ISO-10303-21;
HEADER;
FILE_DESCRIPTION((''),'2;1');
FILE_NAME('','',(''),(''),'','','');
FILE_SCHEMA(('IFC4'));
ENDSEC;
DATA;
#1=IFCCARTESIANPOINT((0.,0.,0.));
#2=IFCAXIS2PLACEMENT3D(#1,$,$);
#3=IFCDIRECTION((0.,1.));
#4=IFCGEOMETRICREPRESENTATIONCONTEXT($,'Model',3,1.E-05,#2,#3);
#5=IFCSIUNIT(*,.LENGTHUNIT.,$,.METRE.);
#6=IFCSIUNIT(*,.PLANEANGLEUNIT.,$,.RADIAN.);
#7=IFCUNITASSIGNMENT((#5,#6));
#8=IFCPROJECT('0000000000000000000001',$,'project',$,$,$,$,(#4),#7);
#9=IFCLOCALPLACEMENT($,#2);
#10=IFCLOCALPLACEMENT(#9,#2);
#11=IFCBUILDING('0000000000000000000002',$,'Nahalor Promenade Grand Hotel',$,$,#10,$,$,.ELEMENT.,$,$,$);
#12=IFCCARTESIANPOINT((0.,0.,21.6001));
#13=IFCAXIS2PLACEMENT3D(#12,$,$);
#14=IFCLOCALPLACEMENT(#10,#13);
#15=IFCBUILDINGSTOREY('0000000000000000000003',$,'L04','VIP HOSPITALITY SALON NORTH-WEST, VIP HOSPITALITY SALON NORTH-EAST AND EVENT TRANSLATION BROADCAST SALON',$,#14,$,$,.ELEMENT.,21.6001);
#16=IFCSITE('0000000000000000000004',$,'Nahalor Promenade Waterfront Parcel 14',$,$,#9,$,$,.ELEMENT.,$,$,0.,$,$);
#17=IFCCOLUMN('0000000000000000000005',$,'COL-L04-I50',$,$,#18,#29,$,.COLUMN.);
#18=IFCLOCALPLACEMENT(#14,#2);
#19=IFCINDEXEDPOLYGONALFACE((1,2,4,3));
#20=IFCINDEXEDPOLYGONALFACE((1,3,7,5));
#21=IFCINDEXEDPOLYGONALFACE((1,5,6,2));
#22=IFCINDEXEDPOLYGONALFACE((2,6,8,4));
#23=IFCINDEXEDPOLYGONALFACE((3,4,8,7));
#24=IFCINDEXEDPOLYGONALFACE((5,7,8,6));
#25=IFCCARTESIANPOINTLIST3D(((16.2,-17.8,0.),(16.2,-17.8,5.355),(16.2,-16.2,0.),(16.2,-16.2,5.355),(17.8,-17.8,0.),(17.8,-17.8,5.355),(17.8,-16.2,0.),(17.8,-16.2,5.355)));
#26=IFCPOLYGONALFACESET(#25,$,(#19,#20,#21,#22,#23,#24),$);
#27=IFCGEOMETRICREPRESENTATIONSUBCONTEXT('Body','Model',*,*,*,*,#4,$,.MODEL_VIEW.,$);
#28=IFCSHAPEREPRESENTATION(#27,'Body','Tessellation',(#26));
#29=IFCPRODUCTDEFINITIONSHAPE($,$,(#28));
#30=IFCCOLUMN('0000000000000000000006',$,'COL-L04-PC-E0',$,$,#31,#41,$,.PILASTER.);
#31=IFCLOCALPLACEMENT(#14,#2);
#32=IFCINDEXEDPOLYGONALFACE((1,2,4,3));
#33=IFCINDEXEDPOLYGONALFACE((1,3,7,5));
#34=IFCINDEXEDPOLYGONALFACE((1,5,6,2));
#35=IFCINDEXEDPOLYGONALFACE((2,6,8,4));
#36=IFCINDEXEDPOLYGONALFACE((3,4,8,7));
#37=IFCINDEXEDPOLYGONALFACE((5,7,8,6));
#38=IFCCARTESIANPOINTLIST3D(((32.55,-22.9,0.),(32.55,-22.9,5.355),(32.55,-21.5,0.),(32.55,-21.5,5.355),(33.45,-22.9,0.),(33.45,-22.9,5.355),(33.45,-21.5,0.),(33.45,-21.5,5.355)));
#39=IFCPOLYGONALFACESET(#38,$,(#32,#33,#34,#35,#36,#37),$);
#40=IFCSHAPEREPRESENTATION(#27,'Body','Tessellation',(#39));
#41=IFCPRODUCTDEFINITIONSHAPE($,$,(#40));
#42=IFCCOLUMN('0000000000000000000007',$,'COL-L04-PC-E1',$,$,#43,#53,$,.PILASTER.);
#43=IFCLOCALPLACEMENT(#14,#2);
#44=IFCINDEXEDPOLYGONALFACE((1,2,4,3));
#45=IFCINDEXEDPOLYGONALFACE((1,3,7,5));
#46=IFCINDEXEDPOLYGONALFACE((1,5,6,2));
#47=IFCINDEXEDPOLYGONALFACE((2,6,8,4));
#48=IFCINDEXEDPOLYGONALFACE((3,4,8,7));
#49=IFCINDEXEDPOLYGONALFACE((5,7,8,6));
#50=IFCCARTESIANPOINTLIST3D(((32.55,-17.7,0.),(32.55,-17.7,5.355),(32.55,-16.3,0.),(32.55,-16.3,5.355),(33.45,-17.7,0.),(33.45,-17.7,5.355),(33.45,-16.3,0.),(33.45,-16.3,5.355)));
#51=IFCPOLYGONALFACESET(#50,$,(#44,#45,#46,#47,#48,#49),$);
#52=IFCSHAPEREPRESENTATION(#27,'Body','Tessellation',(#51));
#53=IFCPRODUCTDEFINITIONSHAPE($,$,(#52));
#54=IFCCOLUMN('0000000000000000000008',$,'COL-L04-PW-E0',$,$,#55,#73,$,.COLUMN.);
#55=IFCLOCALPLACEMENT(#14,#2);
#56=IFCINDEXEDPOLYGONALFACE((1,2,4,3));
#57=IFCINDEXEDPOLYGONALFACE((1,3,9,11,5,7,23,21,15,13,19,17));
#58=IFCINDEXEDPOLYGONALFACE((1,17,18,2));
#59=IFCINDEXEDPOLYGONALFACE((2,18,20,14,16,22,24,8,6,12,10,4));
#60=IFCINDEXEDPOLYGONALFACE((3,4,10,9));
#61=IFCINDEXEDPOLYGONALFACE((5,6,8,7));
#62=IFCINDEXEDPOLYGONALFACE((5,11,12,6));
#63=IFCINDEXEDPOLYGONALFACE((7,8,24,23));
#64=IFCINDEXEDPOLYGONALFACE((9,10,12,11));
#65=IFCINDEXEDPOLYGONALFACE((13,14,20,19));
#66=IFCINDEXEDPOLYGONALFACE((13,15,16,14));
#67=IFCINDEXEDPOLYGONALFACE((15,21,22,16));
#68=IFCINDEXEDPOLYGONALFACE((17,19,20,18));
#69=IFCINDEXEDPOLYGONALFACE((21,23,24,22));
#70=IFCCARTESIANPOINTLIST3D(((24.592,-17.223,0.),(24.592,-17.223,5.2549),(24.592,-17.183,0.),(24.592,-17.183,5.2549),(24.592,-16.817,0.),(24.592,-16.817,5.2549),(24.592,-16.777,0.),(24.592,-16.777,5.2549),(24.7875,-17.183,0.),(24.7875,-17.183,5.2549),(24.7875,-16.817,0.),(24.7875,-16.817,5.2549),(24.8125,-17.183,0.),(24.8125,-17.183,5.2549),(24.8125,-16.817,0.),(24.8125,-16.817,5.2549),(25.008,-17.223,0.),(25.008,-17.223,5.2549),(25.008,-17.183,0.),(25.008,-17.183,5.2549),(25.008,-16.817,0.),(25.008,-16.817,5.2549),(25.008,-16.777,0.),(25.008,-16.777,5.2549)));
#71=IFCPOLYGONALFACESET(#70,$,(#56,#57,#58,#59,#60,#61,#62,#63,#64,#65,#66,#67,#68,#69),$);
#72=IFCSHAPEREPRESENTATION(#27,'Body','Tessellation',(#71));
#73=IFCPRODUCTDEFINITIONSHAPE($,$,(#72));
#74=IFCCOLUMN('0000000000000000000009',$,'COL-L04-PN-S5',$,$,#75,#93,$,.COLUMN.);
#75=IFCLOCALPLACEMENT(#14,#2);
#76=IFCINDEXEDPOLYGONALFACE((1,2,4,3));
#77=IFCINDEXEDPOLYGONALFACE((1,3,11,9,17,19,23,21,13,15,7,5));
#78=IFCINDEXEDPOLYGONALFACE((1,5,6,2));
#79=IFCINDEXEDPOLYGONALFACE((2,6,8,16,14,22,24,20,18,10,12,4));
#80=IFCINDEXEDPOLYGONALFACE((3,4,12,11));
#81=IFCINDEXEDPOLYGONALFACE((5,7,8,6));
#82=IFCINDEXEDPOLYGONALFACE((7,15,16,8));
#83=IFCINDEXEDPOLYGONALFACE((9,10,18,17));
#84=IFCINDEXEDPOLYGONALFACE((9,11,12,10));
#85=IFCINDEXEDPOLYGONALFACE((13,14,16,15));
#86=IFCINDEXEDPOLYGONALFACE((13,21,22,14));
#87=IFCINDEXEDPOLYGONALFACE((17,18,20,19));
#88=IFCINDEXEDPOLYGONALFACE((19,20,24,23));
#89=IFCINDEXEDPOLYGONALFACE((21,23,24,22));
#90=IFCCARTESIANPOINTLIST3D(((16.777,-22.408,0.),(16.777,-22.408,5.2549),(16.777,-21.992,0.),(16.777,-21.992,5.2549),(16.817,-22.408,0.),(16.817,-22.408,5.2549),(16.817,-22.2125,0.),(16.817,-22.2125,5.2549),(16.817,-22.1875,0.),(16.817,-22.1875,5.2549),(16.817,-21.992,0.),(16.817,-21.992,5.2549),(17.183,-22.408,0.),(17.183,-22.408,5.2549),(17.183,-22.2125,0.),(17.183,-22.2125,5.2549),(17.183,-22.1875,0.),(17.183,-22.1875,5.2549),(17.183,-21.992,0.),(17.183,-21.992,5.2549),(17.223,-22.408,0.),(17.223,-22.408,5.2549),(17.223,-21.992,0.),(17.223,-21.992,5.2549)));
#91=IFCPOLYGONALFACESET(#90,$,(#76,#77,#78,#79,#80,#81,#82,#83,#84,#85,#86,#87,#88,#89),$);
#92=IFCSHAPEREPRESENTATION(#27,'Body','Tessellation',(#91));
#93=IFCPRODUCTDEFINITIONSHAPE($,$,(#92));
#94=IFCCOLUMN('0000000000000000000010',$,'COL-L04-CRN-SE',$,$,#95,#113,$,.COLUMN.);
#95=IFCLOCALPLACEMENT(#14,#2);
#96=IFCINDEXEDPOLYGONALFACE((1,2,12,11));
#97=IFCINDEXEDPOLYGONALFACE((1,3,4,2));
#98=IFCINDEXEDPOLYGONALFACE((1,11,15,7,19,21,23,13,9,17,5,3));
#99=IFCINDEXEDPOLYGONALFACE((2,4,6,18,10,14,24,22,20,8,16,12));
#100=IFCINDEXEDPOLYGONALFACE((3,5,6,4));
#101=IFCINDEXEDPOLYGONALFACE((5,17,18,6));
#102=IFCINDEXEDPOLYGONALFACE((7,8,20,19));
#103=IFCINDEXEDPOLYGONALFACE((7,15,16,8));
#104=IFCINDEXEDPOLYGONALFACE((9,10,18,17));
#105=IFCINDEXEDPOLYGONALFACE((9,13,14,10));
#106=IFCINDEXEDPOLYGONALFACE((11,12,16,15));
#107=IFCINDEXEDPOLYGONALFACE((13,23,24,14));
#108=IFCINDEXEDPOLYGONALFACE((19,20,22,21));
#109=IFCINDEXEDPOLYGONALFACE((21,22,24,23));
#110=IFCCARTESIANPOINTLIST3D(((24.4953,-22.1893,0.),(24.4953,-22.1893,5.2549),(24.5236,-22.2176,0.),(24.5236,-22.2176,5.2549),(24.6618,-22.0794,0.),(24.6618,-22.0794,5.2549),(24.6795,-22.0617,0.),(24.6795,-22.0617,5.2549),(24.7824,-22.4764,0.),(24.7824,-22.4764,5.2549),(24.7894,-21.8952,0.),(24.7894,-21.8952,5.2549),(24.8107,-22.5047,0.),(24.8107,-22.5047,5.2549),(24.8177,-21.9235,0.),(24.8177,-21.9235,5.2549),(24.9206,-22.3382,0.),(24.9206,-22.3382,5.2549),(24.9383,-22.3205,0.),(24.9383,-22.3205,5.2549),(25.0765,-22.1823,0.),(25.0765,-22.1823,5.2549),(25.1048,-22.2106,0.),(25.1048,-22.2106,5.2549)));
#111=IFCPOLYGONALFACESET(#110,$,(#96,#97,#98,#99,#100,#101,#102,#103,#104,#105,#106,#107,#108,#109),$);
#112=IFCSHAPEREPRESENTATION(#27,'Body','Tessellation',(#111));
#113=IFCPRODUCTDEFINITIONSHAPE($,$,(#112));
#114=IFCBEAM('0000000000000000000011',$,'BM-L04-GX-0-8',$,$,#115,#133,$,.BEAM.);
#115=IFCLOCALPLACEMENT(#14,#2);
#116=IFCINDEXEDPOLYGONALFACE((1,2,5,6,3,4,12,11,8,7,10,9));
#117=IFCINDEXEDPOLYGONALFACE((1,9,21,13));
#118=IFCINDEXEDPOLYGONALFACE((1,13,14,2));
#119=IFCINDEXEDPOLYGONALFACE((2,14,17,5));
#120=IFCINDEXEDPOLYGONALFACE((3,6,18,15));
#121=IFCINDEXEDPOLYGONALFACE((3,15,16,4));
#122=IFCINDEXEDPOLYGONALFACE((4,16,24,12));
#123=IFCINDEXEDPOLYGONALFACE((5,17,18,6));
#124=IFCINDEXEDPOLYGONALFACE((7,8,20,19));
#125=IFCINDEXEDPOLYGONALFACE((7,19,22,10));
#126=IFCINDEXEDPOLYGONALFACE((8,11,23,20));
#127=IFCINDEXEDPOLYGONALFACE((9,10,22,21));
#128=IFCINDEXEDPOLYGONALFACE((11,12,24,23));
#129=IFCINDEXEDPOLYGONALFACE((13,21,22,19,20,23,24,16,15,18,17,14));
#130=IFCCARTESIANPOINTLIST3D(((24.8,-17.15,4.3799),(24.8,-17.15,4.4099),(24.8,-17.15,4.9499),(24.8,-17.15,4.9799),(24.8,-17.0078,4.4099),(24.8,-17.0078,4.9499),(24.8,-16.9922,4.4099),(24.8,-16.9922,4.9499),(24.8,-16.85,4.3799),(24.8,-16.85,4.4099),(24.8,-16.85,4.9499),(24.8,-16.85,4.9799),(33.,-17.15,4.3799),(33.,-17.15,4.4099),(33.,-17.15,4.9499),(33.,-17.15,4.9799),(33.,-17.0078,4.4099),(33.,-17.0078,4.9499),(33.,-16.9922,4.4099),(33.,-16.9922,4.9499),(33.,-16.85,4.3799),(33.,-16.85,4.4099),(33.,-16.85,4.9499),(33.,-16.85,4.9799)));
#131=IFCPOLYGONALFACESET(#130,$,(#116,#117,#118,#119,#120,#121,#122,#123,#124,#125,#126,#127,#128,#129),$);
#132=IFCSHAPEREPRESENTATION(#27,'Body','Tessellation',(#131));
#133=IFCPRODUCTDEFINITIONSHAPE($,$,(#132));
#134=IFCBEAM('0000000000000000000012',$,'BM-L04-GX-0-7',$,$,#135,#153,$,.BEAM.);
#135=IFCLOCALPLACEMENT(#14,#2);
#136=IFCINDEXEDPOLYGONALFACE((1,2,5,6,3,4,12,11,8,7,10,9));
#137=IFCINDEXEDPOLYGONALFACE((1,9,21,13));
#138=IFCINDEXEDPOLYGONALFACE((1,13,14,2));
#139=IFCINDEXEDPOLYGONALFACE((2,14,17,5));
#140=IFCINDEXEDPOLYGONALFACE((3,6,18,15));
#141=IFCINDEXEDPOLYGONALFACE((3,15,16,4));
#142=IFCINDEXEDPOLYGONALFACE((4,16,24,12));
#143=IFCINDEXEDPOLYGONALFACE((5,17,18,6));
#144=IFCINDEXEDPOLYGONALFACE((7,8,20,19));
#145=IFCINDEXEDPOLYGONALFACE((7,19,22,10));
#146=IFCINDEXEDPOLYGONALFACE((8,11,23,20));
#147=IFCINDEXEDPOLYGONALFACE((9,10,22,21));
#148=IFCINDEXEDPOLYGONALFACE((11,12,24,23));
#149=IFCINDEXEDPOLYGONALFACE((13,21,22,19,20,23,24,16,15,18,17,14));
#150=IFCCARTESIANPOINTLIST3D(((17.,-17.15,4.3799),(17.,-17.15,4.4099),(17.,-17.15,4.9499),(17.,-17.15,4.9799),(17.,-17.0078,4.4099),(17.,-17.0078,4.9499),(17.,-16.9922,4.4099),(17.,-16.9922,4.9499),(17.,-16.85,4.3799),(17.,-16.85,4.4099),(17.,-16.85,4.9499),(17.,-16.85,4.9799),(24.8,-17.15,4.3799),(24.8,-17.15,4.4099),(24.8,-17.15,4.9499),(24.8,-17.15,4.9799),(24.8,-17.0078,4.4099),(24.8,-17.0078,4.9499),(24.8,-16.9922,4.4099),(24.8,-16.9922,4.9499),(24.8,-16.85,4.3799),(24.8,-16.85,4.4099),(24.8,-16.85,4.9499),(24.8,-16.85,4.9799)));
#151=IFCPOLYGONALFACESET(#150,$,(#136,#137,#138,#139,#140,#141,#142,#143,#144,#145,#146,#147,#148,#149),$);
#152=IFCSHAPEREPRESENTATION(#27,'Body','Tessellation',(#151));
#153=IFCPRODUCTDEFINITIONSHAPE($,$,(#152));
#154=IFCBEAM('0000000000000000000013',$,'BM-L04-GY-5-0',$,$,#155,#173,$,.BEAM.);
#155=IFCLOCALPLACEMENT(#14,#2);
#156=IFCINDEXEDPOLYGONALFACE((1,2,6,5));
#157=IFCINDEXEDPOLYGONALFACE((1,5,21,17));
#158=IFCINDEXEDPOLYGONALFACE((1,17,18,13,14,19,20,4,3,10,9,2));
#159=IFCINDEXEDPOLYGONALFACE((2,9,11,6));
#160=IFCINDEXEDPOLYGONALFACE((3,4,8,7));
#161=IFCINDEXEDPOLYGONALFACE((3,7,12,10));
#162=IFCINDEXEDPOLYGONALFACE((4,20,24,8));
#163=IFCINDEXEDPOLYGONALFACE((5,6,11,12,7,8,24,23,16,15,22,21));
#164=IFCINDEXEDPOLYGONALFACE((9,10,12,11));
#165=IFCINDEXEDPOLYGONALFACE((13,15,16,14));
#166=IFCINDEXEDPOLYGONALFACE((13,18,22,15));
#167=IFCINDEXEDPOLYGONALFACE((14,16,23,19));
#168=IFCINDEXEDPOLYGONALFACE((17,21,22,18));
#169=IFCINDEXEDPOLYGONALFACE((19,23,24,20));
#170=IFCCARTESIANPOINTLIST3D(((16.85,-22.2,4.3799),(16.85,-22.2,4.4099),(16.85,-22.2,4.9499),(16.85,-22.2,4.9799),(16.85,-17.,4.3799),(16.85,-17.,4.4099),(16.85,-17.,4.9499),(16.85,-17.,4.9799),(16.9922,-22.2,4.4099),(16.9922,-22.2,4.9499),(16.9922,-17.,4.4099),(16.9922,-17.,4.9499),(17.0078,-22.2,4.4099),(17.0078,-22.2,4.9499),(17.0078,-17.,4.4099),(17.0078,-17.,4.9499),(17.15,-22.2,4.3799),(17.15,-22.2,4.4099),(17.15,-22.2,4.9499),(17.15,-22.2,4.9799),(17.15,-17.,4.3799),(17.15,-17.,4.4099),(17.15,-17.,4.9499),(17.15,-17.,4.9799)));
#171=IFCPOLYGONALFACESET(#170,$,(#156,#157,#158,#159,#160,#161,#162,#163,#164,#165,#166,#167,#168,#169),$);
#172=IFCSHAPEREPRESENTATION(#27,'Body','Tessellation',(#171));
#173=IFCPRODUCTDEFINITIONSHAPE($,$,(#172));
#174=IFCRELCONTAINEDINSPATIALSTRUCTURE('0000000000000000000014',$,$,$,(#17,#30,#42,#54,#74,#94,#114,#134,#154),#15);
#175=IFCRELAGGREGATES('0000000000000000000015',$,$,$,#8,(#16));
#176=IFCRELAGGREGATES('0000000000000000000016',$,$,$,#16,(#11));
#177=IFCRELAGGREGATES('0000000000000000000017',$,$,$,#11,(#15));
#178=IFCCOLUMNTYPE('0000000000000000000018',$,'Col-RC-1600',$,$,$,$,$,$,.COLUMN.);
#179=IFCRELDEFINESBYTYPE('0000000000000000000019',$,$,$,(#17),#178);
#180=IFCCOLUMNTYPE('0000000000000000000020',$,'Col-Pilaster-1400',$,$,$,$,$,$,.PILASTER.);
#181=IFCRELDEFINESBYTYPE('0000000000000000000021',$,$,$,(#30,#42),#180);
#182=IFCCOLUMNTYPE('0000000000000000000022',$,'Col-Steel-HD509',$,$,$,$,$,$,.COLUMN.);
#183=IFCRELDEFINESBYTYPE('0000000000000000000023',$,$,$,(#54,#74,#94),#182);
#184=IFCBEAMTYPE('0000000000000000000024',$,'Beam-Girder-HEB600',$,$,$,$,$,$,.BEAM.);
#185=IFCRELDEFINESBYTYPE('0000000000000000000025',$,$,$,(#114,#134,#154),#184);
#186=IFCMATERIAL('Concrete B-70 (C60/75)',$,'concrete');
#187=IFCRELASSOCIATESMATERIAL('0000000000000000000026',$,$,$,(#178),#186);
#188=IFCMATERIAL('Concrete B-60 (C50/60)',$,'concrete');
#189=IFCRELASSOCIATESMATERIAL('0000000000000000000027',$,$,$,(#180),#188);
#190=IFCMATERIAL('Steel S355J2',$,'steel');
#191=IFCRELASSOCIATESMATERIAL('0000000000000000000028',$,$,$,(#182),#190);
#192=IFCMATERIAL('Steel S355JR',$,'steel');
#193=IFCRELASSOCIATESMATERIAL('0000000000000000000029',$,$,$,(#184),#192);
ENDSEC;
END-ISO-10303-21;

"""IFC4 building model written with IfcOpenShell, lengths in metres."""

from ifc_helpers import new_model, si_unit, direction, frame, origin, origin_2d, place, context, subcontext, project, spatial, rectangle, i_section, extrude, source, transform, mapped, material, material_profile, profile_set, type_object, element, save


model = new_model("IFC4")

# Units and contexts
model_context = context("Model", 3, precision=1e-05, world=origin(), true_north=direction((0.0, 1.0)))
body_context = subcontext(model_context, "Body", "Model", "MODEL_VIEW")
ifc_project = project(units=[si_unit("LENGTHUNIT", "METRE"), si_unit("PLANEANGLEUNIT", "RADIAN")], contexts=[model_context])

# Site, building, storey
site_placement = place(None, origin())
site = spatial("IfcSite", under=ifc_project, at=site_placement, Name="Nahalor Promenade Waterfront Parcel 14", CompositionType="ELEMENT", RefElevation=0.0)
building_placement = place(site_placement, origin())
building = spatial("IfcBuilding", under=site, at=building_placement, Name="Nahalor Promenade Grand Hotel", CompositionType="ELEMENT")
storey_placement = place(building_placement, frame((0.0, 0.0, 21.6001)))
storey = spatial("IfcBuildingStorey", under=building, at=storey_placement, Name="L04", Description="VIP HOSPITALITY SALON NORTH-WEST, VIP HOSPITALITY SALON NORTH-EAST AND EVENT TRANSLATION BROADCAST SALON", CompositionType="ELEMENT", Elevation=21.6001)

# Columns
ifc_material_1 = material(Name="Concrete B-70 (C60/75)", Category="concrete")
ifc_material_profile_1 = material_profile(ifc_material_1, rectangle(XDim=1.6, YDim=1.6, at=origin_2d()), Name="RC 1600x1600")
ifc_profile_set_1 = profile_set([ifc_material_profile_1], Name="Concrete B-70 (C60/75)")
column_type_1 = type_object("IfcColumnType", Name="Col-RC-1600", PredefinedType="COLUMN", material=ifc_profile_set_1)
shared_shape_1 = source(origin(), body_context, "Body", "SweptSolid", [
    extrude(rectangle(XDim=1.6, YDim=1.6, at=origin_2d()), origin(), (0.0, 0.0, 1.0), 5.355),
])
column_placement = place(storey_placement, frame((17.0, -17.0, 0.0), z_axis=(0.0, 0.0, 1.0), x_axis=(1.0, 0.0, 0.0)))
element("IfcColumn", 1, at=column_placement, inside=storey, type_object=column_type_1, Name="COL-L04-I50", PredefinedType="COLUMN", context=body_context, shape_type="MappedRepresentation", body=[
    mapped(shared_shape_1, transform((0.0, 0.0, 0.0), scale=1.0)),
])
ifc_material_2 = material(Name="Concrete B-60 (C50/60)", Category="concrete")
ifc_material_profile_2 = material_profile(ifc_material_2, rectangle(XDim=0.9, YDim=1.4, at=origin_2d()), Name="RC 900x1400")
ifc_profile_set_2 = profile_set([ifc_material_profile_2], Name="Concrete B-60 (C50/60)")
column_type_2 = type_object("IfcColumnType", Name="Col-Pilaster-1400", PredefinedType="PILASTER", material=ifc_profile_set_2)
shared_shape_2 = source(origin(), body_context, "Body", "SweptSolid", [
    extrude(rectangle(XDim=0.9, YDim=1.4, at=origin_2d()), origin(), (0.0, 0.0, 1.0), 5.355),
])
for number, where, z_axis, x_axis, name in (
    (2, (33.0, -22.2, 0.0), (0.0, 0.0, 1.0), (1.0, 0.0, 0.0), "COL-L04-PC-E0"),
    (3, (33.0, -17.0, 0.0), (0.0, 0.0, 1.0), (1.0, 0.0, 0.0), "COL-L04-PC-E1"),
):
    element("IfcColumn", number, at=place(storey_placement, frame(where, z_axis=z_axis, x_axis=x_axis)), inside=storey, type_object=column_type_2, Name=name, PredefinedType="PILASTER", context=body_context, shape_type="MappedRepresentation", body=[
        mapped(shared_shape_2, transform((0.0, 0.0, 0.0), scale=1.0)),
    ])
ifc_material_3 = material(Name="Steel S355J2", Category="steel")
ifc_material_profile_3 = material_profile(ifc_material_3, i_section(OverallWidth=0.416, OverallDepth=0.446, WebThickness=0.025, FlangeThickness=0.04, at=origin_2d()), Name="HD 400x509")
ifc_profile_set_3 = profile_set([ifc_material_profile_3], Name="Steel S355J2")
column_type_3 = type_object("IfcColumnType", Name="Col-Steel-HD509", PredefinedType="COLUMN", material=ifc_profile_set_3)
shared_shape_3 = source(origin(), body_context, "Body", "SweptSolid", [
    extrude(i_section(OverallWidth=0.416, OverallDepth=0.446, WebThickness=0.025, FlangeThickness=0.04, at=origin_2d()), origin(), (0.0, 0.0, 1.0), 5.2549),
])
for number, where, z_axis, x_axis, name in (
    (4, (24.8, -17.0, 0.0), (0.0, 0.0, 1.0), (1.0, 0.0, 0.0), "COL-L04-PW-E0"),
    (5, (17.0, -22.2, 0.0), (0.0, 0.0, 1.0), (0.0, 1.0, 0.0), "COL-L04-PN-S5"),
    (6, (24.8, -22.2, 0.0), (0.0, 0.0, 1.0), (0.707107, 0.707107, 0.0), "COL-L04-CRN-SE"),
):
    element("IfcColumn", number, at=place(storey_placement, frame(where, z_axis=z_axis, x_axis=x_axis)), inside=storey, type_object=column_type_3, Name=name, PredefinedType="COLUMN", context=body_context, shape_type="MappedRepresentation", body=[
        mapped(shared_shape_3, transform((0.0, 0.0, 0.0), scale=1.0)),
    ])

# Beams
ifc_material_4 = material(Name="Steel S355JR", Category="steel")
ifc_material_profile_4 = material_profile(ifc_material_4, i_section(OverallWidth=0.3, OverallDepth=0.6, WebThickness=0.0155, FlangeThickness=0.03, at=origin_2d()), Name="HEB 600")
ifc_profile_set_4 = profile_set([ifc_material_profile_4], Name="Steel S355JR")
beam_type_1 = type_object("IfcBeamType", Name="Beam-Girder-HEB600", PredefinedType="BEAM", material=ifc_profile_set_4)
shared_shape_4 = source(origin(), body_context, "Body", "SweptSolid", [
    extrude(i_section(OverallWidth=0.3, OverallDepth=0.6, WebThickness=0.0155, FlangeThickness=0.03, at=origin_2d()), origin(), (0.0, 0.0, 1.0), 8.2),
])
beam_1_placement = place(storey_placement, frame((24.8, -17.0, 4.6799), z_axis=(1.0, 0.0, 0.0), x_axis=(0.0, 1.0, 0.0)))
element("IfcBeam", 7, at=beam_1_placement, inside=storey, type_object=beam_type_1, Name="BM-L04-GX-0-8", PredefinedType="BEAM", context=body_context, shape_type="MappedRepresentation", body=[
    mapped(shared_shape_4, transform((0.0, 0.0, 0.0), scale=1.0)),
])
shared_shape_5 = source(origin(), body_context, "Body", "SweptSolid", [
    extrude(i_section(OverallWidth=0.3, OverallDepth=0.6, WebThickness=0.0155, FlangeThickness=0.03, at=origin_2d()), origin(), (0.0, 0.0, 1.0), 7.8),
])
beam_2_placement = place(storey_placement, frame((17.0, -17.0, 4.6799), z_axis=(1.0, 0.0, 0.0), x_axis=(0.0, 1.0, 0.0)))
element("IfcBeam", 8, at=beam_2_placement, inside=storey, type_object=beam_type_1, Name="BM-L04-GX-0-7", PredefinedType="BEAM", context=body_context, shape_type="MappedRepresentation", body=[
    mapped(shared_shape_5, transform((0.0, 0.0, 0.0), scale=1.0)),
])
shared_shape_6 = source(origin(), body_context, "Body", "SweptSolid", [
    extrude(i_section(OverallWidth=0.3, OverallDepth=0.6, WebThickness=0.0155, FlangeThickness=0.03, at=origin_2d()), origin(), (0.0, 0.0, 1.0), 5.2),
])
beam_3_placement = place(storey_placement, frame((17.0, -22.2, 4.6799), z_axis=(0.0, 1.0, 0.0), x_axis=(-1.0, 0.0, 0.0)))
element("IfcBeam", 9, at=beam_3_placement, inside=storey, type_object=beam_type_1, Name="BM-L04-GY-5-0", PredefinedType="BEAM", context=body_context, shape_type="MappedRepresentation", body=[
    mapped(shared_shape_6, transform((0.0, 0.0, 0.0), scale=1.0)),
])

save(model, "model.ifc")
